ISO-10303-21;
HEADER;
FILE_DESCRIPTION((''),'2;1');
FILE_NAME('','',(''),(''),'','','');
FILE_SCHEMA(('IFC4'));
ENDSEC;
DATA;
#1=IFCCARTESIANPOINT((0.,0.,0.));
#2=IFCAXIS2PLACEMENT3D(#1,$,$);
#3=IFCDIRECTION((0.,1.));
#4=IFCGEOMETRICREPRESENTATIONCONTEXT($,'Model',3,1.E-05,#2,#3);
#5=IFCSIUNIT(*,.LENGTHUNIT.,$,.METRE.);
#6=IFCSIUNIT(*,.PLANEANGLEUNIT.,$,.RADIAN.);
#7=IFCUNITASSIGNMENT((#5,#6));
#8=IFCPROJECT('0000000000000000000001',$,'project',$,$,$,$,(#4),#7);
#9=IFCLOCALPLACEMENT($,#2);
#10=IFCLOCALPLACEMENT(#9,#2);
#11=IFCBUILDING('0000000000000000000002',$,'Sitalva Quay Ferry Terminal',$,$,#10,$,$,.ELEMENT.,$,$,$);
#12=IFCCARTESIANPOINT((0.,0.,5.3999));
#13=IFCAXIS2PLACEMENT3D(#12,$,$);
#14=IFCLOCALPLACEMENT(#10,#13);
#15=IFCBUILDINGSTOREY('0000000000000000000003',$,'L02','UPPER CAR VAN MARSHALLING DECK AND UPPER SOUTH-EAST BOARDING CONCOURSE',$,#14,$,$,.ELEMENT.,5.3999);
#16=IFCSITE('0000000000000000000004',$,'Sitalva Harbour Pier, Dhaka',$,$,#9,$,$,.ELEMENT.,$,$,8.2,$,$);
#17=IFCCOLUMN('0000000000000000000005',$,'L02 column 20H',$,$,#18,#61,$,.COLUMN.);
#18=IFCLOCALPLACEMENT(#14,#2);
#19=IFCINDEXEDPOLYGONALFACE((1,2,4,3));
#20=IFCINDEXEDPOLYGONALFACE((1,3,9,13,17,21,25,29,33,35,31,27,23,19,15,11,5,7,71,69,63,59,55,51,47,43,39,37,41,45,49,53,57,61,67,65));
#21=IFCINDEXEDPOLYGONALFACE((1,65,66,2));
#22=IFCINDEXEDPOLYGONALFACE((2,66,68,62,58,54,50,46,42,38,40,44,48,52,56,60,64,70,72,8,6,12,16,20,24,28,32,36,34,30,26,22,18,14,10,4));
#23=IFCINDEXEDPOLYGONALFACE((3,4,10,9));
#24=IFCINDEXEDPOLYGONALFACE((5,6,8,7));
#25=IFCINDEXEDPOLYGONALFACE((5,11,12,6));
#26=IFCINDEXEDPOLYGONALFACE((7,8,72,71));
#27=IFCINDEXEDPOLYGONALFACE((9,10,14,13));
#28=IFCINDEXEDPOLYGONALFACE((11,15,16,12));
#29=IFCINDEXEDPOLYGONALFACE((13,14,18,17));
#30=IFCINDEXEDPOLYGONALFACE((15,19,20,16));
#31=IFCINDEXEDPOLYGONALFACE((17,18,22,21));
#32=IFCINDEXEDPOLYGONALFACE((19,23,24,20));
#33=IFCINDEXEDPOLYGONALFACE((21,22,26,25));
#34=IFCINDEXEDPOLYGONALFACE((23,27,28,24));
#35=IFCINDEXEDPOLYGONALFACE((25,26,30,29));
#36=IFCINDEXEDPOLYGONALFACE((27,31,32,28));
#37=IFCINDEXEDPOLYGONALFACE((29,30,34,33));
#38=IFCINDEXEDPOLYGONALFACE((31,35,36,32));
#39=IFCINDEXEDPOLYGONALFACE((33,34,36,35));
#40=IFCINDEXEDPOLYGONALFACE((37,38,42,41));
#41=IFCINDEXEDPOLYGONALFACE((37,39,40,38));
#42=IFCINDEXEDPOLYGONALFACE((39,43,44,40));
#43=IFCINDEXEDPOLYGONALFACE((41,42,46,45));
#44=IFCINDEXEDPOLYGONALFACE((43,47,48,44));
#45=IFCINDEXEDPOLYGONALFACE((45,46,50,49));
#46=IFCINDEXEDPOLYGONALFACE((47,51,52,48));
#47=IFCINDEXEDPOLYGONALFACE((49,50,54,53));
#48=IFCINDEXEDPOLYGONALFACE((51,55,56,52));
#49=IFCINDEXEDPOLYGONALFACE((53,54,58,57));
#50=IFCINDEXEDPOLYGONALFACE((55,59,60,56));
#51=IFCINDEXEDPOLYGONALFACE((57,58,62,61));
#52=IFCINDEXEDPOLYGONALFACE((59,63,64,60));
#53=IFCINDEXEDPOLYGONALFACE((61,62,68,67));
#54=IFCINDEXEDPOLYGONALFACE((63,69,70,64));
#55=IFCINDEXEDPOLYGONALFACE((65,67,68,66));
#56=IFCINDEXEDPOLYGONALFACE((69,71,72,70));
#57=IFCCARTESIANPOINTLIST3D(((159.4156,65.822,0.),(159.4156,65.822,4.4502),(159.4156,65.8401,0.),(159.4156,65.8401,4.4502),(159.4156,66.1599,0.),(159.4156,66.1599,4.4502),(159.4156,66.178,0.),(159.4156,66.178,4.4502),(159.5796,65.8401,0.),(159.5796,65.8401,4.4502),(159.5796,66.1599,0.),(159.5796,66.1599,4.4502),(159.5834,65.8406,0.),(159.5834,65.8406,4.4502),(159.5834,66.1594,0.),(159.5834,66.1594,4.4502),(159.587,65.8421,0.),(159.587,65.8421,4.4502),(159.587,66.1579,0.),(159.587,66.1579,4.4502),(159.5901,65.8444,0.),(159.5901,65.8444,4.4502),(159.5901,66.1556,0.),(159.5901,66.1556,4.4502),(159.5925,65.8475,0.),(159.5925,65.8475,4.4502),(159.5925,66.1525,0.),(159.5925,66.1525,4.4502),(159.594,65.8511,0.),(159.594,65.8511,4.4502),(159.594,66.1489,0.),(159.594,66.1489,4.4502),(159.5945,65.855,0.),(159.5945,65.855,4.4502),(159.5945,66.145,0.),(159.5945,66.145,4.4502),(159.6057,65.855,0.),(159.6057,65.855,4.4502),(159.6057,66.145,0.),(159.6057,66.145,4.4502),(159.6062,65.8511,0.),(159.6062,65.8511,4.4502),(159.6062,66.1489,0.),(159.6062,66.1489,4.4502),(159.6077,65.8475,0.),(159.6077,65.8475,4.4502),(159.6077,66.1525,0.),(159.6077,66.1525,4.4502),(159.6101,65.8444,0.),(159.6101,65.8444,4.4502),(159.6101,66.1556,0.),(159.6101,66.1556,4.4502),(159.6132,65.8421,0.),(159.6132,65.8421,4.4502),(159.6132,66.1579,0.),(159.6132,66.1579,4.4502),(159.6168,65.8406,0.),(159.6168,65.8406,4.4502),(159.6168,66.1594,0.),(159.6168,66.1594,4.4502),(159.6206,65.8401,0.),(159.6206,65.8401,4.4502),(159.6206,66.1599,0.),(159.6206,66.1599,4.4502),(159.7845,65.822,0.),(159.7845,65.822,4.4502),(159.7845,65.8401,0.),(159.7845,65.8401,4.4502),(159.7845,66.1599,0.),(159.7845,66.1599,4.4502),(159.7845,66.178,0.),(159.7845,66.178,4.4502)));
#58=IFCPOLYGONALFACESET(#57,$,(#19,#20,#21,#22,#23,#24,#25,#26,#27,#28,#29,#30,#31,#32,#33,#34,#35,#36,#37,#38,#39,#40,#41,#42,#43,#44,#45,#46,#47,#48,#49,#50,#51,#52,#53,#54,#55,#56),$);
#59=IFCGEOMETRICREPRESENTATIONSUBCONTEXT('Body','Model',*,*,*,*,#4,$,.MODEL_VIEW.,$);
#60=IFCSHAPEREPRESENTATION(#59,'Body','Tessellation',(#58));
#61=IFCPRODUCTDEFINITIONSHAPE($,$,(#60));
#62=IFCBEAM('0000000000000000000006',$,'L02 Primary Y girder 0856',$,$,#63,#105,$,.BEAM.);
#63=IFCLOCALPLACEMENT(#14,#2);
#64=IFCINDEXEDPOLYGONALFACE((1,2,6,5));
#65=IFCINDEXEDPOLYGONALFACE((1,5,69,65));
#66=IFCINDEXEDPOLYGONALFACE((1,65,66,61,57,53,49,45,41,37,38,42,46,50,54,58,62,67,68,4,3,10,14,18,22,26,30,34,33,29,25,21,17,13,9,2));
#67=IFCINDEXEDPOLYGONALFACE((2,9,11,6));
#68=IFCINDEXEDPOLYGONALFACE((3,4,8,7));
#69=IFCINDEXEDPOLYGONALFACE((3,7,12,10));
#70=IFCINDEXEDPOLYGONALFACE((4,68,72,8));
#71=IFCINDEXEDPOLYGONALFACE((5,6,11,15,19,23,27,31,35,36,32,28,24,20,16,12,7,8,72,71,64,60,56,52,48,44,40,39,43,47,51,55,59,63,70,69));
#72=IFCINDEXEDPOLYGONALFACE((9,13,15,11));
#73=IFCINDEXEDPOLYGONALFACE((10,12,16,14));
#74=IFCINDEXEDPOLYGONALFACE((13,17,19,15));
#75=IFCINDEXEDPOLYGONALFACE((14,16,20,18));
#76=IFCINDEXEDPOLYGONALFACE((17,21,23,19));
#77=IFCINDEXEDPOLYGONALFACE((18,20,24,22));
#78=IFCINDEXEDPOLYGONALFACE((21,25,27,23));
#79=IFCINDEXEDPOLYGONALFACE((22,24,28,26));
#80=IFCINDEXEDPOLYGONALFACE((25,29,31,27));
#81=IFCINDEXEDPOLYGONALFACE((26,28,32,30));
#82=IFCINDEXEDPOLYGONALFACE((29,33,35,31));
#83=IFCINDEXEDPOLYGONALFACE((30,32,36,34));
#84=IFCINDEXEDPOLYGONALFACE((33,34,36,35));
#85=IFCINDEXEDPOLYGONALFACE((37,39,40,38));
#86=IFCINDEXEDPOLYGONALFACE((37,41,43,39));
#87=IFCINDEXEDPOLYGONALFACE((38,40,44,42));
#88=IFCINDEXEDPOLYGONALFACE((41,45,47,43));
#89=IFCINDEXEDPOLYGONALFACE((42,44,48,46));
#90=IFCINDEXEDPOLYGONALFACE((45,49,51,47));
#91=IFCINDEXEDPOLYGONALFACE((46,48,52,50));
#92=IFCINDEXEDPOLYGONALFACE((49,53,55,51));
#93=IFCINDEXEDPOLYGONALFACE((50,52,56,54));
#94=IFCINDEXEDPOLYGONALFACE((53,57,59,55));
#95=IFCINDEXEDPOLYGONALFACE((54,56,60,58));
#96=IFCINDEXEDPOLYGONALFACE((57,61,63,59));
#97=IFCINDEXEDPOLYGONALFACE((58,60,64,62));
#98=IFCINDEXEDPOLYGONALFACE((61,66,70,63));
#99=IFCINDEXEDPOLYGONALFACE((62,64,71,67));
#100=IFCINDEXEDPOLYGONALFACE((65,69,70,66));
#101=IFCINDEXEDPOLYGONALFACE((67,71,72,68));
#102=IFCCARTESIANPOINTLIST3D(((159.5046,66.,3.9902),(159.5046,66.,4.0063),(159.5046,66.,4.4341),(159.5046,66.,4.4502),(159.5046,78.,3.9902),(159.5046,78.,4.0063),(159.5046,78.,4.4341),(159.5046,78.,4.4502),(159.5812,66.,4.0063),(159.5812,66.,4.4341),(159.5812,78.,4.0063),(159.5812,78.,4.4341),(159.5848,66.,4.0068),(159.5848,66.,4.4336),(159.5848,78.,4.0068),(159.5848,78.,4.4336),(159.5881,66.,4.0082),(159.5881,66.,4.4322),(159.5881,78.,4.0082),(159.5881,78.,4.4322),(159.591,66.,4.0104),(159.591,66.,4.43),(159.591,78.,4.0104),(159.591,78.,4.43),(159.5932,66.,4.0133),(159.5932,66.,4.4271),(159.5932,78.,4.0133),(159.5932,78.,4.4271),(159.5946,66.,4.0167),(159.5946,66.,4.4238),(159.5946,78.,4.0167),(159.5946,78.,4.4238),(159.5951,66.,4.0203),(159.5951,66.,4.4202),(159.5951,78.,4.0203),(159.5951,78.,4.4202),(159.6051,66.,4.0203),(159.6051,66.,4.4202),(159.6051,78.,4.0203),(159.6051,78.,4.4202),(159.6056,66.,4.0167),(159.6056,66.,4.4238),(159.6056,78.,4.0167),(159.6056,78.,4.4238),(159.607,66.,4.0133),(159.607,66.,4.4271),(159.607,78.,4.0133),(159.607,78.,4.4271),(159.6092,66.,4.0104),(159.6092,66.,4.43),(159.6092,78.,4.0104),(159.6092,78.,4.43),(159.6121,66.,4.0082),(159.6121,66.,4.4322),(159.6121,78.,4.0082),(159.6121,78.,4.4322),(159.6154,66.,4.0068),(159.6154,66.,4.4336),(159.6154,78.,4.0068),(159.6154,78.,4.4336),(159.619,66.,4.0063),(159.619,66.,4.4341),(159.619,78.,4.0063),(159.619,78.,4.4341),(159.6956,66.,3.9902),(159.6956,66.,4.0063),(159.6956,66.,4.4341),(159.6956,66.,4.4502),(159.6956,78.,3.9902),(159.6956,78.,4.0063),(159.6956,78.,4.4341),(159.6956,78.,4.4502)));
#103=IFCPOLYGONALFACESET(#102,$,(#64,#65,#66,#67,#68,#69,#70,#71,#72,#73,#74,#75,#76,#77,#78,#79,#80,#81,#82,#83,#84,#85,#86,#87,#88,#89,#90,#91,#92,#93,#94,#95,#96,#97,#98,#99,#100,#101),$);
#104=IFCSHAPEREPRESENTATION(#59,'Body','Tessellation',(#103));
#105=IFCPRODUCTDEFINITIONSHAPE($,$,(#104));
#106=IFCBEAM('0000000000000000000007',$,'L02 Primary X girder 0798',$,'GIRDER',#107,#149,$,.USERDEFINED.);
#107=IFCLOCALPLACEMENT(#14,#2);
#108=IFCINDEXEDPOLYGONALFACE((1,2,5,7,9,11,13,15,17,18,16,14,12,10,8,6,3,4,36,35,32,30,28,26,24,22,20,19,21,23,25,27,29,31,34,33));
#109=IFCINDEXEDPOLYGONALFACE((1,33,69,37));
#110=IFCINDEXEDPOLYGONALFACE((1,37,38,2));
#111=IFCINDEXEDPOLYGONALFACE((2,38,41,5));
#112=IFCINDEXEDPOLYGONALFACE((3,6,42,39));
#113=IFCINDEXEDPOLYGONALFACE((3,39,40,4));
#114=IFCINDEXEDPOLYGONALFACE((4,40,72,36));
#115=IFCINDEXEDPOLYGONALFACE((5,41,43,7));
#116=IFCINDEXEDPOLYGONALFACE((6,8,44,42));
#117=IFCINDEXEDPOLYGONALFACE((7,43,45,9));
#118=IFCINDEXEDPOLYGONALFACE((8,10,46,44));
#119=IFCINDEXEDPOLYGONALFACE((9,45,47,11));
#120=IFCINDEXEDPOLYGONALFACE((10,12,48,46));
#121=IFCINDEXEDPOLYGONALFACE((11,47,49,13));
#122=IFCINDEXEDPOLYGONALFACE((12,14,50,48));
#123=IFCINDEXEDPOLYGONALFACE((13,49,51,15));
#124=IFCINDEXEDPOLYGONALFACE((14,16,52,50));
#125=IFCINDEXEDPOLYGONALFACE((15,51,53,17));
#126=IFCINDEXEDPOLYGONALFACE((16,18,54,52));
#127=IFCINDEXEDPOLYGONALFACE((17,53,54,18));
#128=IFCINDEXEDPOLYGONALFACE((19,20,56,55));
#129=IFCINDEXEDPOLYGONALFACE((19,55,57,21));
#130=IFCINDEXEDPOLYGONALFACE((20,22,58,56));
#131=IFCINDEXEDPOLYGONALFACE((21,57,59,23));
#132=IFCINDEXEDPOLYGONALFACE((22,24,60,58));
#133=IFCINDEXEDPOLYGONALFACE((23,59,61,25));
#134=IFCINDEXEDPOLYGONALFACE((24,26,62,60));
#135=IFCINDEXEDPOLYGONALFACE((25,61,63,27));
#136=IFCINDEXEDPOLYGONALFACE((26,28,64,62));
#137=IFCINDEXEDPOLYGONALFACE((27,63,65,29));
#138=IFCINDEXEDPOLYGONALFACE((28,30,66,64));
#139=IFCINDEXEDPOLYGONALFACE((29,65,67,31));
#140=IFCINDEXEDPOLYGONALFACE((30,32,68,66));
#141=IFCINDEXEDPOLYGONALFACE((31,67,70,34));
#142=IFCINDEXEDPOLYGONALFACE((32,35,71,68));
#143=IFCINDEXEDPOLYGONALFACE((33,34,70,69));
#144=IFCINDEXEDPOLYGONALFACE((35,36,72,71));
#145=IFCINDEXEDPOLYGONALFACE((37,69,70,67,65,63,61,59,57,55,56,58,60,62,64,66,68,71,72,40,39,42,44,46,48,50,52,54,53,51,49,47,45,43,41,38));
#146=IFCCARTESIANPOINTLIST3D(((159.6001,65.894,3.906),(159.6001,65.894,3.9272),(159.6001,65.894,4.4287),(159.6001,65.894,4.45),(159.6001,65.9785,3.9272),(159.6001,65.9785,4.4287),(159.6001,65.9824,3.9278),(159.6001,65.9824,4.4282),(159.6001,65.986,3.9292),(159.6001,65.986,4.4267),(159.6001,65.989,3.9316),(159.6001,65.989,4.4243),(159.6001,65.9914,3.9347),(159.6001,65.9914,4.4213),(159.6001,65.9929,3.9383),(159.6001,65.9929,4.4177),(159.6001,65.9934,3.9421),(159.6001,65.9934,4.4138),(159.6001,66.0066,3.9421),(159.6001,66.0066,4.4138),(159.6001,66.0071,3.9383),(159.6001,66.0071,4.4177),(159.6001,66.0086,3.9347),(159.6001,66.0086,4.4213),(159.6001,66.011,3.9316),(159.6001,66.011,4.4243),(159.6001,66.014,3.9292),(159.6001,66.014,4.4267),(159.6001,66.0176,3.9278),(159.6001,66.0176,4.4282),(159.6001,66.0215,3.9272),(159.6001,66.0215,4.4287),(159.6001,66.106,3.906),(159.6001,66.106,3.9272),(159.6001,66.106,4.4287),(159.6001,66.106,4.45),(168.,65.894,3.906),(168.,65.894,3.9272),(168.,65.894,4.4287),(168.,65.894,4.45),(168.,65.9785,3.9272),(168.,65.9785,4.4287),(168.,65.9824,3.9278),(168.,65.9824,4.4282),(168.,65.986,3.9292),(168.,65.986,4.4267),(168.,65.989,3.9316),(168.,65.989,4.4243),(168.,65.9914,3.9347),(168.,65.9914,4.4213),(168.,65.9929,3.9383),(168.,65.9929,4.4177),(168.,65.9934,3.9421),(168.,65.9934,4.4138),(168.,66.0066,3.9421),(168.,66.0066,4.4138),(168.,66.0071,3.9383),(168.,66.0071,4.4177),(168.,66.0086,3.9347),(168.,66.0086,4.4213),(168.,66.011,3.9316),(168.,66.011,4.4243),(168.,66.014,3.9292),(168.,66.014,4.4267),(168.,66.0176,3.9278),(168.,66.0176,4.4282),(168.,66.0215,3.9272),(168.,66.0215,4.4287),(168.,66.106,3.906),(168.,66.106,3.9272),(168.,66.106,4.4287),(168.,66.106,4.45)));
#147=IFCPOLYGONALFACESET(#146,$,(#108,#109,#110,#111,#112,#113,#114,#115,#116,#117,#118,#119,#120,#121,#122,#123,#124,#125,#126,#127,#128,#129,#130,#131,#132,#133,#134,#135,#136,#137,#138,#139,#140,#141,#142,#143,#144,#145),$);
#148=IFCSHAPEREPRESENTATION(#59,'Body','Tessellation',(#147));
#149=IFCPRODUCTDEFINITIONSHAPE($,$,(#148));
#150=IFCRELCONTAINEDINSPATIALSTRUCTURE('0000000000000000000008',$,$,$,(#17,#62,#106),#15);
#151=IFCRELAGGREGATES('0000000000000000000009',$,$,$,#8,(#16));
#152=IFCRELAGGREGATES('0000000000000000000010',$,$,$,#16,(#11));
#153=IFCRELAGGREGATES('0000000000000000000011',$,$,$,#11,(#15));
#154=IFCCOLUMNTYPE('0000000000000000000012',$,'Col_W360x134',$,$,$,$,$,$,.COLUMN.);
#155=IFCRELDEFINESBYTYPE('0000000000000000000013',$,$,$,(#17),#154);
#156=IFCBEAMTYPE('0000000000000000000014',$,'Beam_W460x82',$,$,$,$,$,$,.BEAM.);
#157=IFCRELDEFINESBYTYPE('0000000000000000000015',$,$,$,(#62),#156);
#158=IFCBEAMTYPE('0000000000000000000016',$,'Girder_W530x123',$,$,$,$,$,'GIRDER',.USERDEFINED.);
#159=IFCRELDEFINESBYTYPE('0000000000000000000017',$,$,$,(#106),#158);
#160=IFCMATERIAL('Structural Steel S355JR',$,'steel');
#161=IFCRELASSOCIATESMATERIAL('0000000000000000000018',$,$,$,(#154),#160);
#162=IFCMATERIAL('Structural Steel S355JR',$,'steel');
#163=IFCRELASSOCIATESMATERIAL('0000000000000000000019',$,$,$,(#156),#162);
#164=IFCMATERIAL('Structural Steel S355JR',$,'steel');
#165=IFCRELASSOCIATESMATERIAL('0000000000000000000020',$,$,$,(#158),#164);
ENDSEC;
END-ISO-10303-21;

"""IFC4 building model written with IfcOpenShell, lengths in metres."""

from ifc_helpers import new_model, si_unit, direction, frame, origin, origin_2d, place, context, subcontext, project, spatial, i_section, extrude, material, material_profile, profile_set, type_object, element, save


model = new_model("IFC4")

# Units and contexts
model_context = context("Model", 3, precision=1e-05, world=origin(), true_north=direction((0.0, 1.0)))
body_context = subcontext(model_context, "Body", "Model", "MODEL_VIEW")
ifc_project = project(units=[si_unit("LENGTHUNIT", "METRE"), si_unit("PLANEANGLEUNIT", "RADIAN")], contexts=[model_context])

# Site, building, storey
site_placement = place(None, origin())
site = spatial("IfcSite", under=ifc_project, at=site_placement, Name="Sitalva Harbour Pier, Dhaka", CompositionType="ELEMENT", RefElevation=8.2)
building_placement = place(site_placement, origin())
building = spatial("IfcBuilding", under=site, at=building_placement, Name="Sitalva Quay Ferry Terminal", CompositionType="ELEMENT")
storey_placement = place(building_placement, frame((0.0, 0.0, 5.3999)))
storey = spatial("IfcBuildingStorey", under=building, at=storey_placement, Name="L02", Description="UPPER CAR VAN MARSHALLING DECK AND UPPER SOUTH-EAST BOARDING CONCOURSE", CompositionType="ELEMENT", Elevation=5.3999)

# Column
ifc_material_1 = material(Name="Structural Steel S355JR", Category="steel")
ifc_material_profile_1 = material_profile(ifc_material_1, i_section(OverallWidth=0.3689, OverallDepth=0.356, WebThickness=0.0112, FlangeThickness=0.0181, FilletRadius=0.0149, at=origin_2d()), Name="W360x134")
ifc_profile_set_1 = profile_set([ifc_material_profile_1], Name="Structural Steel S355JR")
column_type = type_object("IfcColumnType", Name="Col_W360x134", PredefinedType="COLUMN", material=ifc_profile_set_1)
column_placement = place(storey_placement, frame((159.6001, 66.0, 0.0), z_axis=(0.0, 0.0, 1.0), x_axis=(1.0, 0.0, 0.0)))
element("IfcColumn", 1, at=column_placement, inside=storey, type_object=column_type, Name="L02 column 20H", PredefinedType="COLUMN", context=body_context, shape_type="SweptSolid", body=[
    extrude(i_section(OverallWidth=0.3689, OverallDepth=0.356, WebThickness=0.0112, FlangeThickness=0.0181, FilletRadius=0.0149, at=origin_2d()), origin(), (0.0, 0.0, 1.0), 4.4502),
])

# Beams
ifc_material_2 = material(Name="Structural Steel S355JR", Category="steel")
ifc_material_profile_2 = material_profile(ifc_material_2, i_section(OverallWidth=0.1909, OverallDepth=0.46, WebThickness=0.01, FlangeThickness=0.0161, FilletRadius=0.0139, at=origin_2d()), Name="W460x82")
ifc_profile_set_2 = profile_set([ifc_material_profile_2], Name="Structural Steel S355JR")
beam_type_1 = type_object("IfcBeamType", Name="Beam_W460x82", PredefinedType="BEAM", material=ifc_profile_set_2)
beam_1_placement = place(storey_placement, frame((159.6001, 66.0, 4.2202), z_axis=(0.0, 1.0, 0.0), x_axis=(-1.0, 0.0, 0.0)))
element("IfcBeam", 2, at=beam_1_placement, inside=storey, type_object=beam_type_1, Name="L02 Primary Y girder 0856", PredefinedType="BEAM", context=body_context, shape_type="SweptSolid", body=[
    extrude(i_section(OverallWidth=0.1909, OverallDepth=0.46, WebThickness=0.01, FlangeThickness=0.0161, FilletRadius=0.0139, at=origin_2d()), origin(), (0.0, 0.0, 1.0), 12.0),
])
ifc_material_3 = material(Name="Structural Steel S355JR", Category="steel")
ifc_material_profile_3 = material_profile(ifc_material_3, i_section(OverallWidth=0.2119, OverallDepth=0.5439, WebThickness=0.0132, FlangeThickness=0.0212, FilletRadius=0.0149, at=origin_2d()), Name="W530x123")
ifc_profile_set_3 = profile_set([ifc_material_profile_3], Name="Structural Steel S355JR")
beam_type_2 = type_object("IfcBeamType", Name="Girder_W530x123", ElementType="GIRDER", PredefinedType="USERDEFINED", material=ifc_profile_set_3)
beam_2_placement = place(storey_placement, frame((159.6001, 66.0, 4.178), z_axis=(1.0, 0.0, 0.0), x_axis=(0.0, 1.0, 0.0)))
element("IfcBeam", 3, at=beam_2_placement, inside=storey, type_object=beam_type_2, Name="L02 Primary X girder 0798", ObjectType="GIRDER", PredefinedType="USERDEFINED", context=body_context, shape_type="SweptSolid", body=[
    extrude(i_section(OverallWidth=0.2119, OverallDepth=0.5439, WebThickness=0.0132, FlangeThickness=0.0212, FilletRadius=0.0149, at=origin_2d()), origin(), (0.0, 0.0, 1.0), 8.3999),
])

save(model, "model.ifc")
